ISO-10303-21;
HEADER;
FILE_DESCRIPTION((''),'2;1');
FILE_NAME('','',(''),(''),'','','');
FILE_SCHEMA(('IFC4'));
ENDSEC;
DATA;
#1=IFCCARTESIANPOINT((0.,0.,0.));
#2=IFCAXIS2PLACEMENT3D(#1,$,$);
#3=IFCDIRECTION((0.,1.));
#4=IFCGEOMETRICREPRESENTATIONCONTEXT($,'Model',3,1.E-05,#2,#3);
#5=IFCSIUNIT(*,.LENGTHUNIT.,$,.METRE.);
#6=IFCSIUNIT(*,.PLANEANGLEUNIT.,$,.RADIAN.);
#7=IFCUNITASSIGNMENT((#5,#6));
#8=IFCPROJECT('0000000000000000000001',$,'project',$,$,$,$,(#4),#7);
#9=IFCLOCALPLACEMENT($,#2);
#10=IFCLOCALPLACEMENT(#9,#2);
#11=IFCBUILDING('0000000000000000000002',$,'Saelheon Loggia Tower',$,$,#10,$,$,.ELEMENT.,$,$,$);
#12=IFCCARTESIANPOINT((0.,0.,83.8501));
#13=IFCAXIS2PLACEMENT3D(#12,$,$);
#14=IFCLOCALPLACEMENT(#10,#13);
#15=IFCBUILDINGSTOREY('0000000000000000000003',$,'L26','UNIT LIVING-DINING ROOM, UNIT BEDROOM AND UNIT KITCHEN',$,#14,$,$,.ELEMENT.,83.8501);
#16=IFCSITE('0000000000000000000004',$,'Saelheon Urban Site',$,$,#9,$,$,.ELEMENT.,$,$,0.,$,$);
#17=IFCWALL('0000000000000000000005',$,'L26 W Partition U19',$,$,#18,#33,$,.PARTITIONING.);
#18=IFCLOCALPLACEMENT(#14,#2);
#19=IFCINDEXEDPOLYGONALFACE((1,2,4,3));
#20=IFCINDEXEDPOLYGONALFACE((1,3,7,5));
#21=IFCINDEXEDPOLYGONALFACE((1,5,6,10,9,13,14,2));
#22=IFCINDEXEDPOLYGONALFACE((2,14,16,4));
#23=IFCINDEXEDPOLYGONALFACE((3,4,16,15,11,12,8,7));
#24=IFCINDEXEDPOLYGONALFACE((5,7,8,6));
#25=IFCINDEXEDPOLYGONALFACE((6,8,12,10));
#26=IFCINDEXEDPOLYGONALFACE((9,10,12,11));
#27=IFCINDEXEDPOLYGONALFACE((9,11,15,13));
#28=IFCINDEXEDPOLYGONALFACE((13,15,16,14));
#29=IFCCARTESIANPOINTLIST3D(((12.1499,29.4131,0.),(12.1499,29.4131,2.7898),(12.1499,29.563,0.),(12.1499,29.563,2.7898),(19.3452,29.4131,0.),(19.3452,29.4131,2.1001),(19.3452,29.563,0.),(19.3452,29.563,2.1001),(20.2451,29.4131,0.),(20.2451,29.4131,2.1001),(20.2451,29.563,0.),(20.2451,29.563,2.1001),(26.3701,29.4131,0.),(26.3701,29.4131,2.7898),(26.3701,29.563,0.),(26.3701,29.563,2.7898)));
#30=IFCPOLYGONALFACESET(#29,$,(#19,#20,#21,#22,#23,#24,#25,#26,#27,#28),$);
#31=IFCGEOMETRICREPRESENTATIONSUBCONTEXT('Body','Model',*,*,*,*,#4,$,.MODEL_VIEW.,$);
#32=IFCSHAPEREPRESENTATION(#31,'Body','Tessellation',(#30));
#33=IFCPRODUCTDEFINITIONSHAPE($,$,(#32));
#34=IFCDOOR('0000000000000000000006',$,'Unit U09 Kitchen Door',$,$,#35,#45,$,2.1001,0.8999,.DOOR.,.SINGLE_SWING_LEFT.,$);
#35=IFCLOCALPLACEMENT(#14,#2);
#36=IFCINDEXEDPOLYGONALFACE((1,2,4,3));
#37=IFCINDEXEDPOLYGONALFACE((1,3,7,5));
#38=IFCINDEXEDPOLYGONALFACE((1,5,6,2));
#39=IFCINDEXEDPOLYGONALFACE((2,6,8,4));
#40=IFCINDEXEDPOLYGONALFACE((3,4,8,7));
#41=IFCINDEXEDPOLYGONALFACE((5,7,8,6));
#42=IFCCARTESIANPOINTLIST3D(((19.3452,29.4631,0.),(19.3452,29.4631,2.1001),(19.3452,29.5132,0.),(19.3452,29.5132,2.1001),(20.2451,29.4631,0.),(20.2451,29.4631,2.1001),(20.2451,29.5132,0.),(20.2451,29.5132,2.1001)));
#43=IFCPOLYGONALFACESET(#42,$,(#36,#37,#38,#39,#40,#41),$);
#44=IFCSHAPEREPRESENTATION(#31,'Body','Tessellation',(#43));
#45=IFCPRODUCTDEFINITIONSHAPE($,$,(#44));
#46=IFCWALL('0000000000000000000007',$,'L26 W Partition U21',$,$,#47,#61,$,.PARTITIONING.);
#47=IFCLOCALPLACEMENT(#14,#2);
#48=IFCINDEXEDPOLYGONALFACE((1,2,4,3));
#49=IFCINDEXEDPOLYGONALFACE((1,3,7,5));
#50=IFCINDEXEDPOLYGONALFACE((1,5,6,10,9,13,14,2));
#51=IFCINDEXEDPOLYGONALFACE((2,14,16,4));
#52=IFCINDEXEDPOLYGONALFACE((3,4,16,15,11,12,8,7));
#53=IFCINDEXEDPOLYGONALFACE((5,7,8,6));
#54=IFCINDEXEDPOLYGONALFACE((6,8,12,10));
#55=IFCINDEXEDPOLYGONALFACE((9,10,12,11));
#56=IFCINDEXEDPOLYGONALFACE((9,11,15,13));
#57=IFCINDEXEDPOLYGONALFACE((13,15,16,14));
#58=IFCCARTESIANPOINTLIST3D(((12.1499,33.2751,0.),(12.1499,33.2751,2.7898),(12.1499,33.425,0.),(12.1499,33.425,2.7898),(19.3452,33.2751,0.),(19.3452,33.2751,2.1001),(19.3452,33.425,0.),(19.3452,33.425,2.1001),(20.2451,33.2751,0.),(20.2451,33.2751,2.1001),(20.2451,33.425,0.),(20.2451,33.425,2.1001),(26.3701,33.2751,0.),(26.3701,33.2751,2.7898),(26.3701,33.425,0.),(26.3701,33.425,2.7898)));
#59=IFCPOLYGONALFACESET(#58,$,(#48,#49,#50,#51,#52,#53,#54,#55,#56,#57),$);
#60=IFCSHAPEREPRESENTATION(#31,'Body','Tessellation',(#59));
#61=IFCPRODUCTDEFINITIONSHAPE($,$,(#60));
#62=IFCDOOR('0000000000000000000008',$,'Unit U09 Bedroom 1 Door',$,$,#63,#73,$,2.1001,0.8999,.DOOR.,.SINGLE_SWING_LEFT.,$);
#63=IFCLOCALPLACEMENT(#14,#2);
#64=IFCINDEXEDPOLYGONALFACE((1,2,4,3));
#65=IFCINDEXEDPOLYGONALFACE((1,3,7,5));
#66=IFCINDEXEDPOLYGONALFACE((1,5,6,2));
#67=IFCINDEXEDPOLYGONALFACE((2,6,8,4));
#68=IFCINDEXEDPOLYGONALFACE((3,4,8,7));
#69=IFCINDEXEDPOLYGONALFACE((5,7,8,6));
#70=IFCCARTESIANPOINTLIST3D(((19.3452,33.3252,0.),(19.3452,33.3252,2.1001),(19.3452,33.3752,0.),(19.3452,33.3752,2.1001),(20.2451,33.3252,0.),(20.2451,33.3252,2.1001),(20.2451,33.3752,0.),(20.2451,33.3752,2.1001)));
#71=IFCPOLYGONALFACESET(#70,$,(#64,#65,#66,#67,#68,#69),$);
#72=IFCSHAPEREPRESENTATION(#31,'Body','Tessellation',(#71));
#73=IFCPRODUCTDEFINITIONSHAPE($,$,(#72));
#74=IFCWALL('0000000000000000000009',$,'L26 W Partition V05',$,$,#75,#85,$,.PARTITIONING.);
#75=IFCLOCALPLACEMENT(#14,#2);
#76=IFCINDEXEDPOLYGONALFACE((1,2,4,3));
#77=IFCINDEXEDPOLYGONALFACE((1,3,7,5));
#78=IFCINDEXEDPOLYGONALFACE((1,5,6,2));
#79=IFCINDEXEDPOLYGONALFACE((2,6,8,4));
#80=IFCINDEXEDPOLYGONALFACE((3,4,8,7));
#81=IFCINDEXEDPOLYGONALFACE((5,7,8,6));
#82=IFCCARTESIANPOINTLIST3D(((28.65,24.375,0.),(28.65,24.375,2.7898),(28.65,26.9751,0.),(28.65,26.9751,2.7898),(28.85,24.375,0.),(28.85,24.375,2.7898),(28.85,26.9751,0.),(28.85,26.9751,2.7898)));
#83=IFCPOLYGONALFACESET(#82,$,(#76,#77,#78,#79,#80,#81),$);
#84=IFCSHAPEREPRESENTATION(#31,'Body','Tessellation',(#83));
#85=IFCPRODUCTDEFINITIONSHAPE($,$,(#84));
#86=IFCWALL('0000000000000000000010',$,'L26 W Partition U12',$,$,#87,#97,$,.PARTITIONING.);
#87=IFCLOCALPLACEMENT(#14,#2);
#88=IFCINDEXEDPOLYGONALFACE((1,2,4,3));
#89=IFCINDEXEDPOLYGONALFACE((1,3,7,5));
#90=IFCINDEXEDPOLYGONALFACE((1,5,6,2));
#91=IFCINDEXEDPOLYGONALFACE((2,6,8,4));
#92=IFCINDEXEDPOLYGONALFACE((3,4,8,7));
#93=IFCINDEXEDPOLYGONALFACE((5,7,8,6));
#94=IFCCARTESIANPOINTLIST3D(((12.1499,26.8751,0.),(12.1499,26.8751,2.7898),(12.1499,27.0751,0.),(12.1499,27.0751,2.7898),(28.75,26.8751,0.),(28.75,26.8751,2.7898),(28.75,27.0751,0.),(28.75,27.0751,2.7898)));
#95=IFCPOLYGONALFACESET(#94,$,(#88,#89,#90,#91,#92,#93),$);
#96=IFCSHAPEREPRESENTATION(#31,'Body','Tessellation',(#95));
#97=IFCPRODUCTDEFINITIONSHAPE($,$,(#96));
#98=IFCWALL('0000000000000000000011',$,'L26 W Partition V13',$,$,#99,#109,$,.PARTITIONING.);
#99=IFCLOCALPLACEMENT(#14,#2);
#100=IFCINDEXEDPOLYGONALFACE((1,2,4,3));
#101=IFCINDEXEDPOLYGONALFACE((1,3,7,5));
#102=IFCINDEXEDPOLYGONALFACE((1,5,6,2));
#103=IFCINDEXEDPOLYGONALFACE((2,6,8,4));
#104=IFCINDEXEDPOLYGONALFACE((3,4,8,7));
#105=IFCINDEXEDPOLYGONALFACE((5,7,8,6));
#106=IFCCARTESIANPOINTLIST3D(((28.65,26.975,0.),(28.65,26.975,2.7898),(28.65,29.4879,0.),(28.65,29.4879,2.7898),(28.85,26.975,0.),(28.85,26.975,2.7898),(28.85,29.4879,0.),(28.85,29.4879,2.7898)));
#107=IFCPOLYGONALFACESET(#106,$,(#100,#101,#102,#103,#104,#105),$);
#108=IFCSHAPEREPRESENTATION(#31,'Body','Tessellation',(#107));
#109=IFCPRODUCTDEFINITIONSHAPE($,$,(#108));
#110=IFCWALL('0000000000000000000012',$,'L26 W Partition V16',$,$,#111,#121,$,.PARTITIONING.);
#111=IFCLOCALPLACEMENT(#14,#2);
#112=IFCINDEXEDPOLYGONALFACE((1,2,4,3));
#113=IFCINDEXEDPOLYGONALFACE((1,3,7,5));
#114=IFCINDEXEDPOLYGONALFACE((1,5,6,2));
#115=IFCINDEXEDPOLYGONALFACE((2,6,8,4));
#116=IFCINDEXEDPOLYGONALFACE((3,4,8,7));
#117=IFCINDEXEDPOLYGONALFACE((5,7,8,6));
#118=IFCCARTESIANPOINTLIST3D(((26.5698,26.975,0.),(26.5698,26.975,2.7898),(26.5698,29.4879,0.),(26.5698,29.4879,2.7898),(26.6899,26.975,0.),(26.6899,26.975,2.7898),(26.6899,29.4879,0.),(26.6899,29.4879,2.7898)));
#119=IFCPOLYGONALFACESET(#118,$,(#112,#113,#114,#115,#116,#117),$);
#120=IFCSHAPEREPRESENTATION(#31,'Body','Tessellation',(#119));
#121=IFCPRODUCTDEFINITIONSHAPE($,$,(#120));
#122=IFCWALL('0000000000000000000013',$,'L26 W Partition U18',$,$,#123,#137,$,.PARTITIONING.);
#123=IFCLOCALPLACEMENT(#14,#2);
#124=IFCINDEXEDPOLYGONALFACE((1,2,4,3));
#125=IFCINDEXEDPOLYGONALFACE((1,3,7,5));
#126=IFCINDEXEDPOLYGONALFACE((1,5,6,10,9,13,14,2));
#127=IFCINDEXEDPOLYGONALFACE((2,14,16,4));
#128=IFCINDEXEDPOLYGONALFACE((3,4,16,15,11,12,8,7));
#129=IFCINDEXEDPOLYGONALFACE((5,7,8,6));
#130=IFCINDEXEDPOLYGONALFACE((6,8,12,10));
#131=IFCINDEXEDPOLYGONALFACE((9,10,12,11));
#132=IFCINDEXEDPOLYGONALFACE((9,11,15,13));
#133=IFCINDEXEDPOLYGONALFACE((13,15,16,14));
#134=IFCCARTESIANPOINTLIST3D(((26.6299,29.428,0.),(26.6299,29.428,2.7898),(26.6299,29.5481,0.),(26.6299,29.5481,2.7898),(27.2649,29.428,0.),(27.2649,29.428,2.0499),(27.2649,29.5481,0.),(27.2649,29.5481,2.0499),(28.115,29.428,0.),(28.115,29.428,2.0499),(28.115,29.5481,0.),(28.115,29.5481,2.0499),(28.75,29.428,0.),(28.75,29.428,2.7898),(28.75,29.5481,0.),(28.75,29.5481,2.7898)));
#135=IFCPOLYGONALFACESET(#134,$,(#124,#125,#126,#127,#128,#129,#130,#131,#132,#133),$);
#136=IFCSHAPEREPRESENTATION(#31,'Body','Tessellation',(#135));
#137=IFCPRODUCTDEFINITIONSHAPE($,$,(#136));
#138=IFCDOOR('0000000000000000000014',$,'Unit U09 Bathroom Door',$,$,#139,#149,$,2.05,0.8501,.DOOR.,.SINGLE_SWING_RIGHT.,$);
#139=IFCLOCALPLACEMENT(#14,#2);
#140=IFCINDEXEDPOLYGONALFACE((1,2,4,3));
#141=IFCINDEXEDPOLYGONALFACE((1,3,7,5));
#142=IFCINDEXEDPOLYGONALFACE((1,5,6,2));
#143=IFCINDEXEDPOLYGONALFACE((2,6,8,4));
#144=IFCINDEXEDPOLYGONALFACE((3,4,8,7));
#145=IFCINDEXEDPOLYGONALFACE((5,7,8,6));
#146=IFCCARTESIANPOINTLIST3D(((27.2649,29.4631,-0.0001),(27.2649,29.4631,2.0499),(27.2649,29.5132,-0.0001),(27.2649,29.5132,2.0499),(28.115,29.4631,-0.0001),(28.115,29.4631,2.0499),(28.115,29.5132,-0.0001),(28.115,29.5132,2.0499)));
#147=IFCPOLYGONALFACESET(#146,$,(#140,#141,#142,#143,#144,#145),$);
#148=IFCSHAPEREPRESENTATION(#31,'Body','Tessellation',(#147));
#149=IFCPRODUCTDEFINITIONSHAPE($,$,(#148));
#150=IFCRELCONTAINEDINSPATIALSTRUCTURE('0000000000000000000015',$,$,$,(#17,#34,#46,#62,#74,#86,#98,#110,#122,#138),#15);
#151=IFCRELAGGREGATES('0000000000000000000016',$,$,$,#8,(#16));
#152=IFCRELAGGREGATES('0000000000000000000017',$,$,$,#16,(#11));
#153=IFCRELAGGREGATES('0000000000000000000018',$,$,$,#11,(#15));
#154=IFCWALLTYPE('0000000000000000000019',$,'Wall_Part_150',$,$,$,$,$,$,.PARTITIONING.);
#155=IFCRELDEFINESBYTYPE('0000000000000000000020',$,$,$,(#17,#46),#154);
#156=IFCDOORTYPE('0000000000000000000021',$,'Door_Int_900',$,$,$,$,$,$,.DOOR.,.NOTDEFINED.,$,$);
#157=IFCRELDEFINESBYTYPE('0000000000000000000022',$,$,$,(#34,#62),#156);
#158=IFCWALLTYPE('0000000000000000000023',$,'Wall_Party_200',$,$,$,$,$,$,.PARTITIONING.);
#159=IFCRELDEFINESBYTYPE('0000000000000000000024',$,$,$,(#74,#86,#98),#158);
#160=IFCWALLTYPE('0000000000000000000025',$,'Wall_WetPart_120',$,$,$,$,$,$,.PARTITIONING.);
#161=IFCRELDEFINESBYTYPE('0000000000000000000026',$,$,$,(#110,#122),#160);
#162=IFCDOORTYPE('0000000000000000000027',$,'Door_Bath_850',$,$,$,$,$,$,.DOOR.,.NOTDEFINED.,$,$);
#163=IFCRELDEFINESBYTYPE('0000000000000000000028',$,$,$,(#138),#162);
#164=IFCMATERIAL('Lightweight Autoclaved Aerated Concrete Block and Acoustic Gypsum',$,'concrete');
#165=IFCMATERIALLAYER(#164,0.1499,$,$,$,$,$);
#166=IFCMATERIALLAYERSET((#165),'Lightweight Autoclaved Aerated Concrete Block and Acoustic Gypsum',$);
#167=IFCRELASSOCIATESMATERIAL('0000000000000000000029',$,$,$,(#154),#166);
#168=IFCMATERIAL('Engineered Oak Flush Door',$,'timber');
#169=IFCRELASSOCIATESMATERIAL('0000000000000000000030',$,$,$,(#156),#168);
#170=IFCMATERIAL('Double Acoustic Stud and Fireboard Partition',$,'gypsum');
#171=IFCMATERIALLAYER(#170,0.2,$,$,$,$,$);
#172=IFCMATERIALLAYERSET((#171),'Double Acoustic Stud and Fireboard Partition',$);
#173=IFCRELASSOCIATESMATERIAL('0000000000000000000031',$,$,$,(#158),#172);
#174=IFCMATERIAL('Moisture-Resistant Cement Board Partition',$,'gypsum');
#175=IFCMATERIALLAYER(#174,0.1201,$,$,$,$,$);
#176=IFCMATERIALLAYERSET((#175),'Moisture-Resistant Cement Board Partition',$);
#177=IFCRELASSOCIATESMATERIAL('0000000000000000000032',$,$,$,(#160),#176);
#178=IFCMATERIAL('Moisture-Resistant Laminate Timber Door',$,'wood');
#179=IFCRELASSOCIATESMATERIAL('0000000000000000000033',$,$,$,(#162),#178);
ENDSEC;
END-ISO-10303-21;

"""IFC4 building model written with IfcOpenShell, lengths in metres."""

from ifc_helpers import new_model, si_unit, direction, frame, frame_2d, origin, place, context, subcontext, project, spatial, rectangle, extrude, source, transform, mapped, material, layer, layer_set, type_object, element, fill, save


model = new_model("IFC4")

# Units and contexts
model_context = context("Model", 3, precision=1e-05, world=origin(), true_north=direction((0.0, 1.0)))
body_context = subcontext(model_context, "Body", "Model", "MODEL_VIEW")
ifc_project = project(units=[si_unit("LENGTHUNIT", "METRE"), si_unit("PLANEANGLEUNIT", "RADIAN")], contexts=[model_context])

# Site, building, storey
site_placement = place(None, origin())
site = spatial("IfcSite", under=ifc_project, at=site_placement, Name="Saelheon Urban Site", CompositionType="ELEMENT", RefElevation=0.0)
building_placement = place(site_placement, origin())
building = spatial("IfcBuilding", under=site, at=building_placement, Name="Saelheon Loggia Tower", CompositionType="ELEMENT")
storey_placement = place(building_placement, frame((0.0, 0.0, 83.8501)))
storey = spatial("IfcBuildingStorey", under=building, at=storey_placement, Name="L26", Description="UNIT LIVING-DINING ROOM, UNIT BEDROOM AND UNIT KITCHEN", CompositionType="ELEMENT", Elevation=83.8501)

# Shared definitions
ifc_material_1 = material(Name="Lightweight Autoclaved Aerated Concrete Block and Acoustic Gypsum", Category="concrete")
ifc_layer_1 = layer(ifc_material_1, 0.1499)
ifc_layer_set_1 = layer_set([ifc_layer_1], Name="Lightweight Autoclaved Aerated Concrete Block and Acoustic Gypsum")
wall_type_1 = type_object("IfcWallType", Name="Wall_Part_150", PredefinedType="PARTITIONING", material=ifc_layer_set_1)

# Shared definitions
ifc_material_2 = material(Name="Engineered Oak Flush Door", Category="timber")
door_type_1 = type_object("IfcDoorType", Name="Door_Int_900", OperationType="NOTDEFINED", PredefinedType="DOOR", material=ifc_material_2)
shared_shape_1 = source(origin(), body_context, "Body", "SweptSolid", [
    extrude(rectangle(XDim=0.8999, YDim=2.1001, at=frame_2d((0.45, 1.05))), frame((0.0, 0.0249, 0.0), z_axis=(0.0, -1.0, 0.0), x_axis=(1.0, 0.0, 0.0)), (0.0, 0.0, 1.0), 0.05),
])

# Walls, openings, doors
wall_1_placement = place(storey_placement, frame((26.3701, 29.488, 0.0), z_axis=(0.0, 0.0, 1.0), x_axis=(-1.0, 0.0, 0.0)))
wall_1 = element("IfcWall", 1, at=wall_1_placement, inside=storey, type_object=wall_type_1, Name="L26 W Partition U19", PredefinedType="PARTITIONING", context=body_context, shape_type="SweptSolid", body=[
    extrude(rectangle(XDim=14.2202, YDim=0.1499, at=frame_2d((7.1101, 0.0))), origin(), (0.0, 0.0, 1.0), 2.7898),
])
opening_1_placement = place(wall_1_placement, frame((6.125, 0.0, 0.0)))
opening_1 = element("IfcOpeningElement", 2, at=opening_1_placement, cuts=wall_1, PredefinedType="OPENING", context=body_context, shape_type="SweptSolid", body=[
    extrude(rectangle(XDim=0.8999, YDim=2.1001, at=frame_2d((0.45, 1.05))), frame((0.0, 0.0869, 0.0), z_axis=(0.0, -1.0, 0.0), x_axis=(1.0, 0.0, 0.0)), (0.0, 0.0, 1.0), 0.1738),
])
door_1_placement = place(opening_1_placement, origin())
door_1 = element("IfcDoor", 3, at=door_1_placement, inside=storey, type_object=door_type_1, Name="Unit U09 Kitchen Door", OperationType="SINGLE_SWING_LEFT", OverallHeight=2.1001, OverallWidth=0.8999, PredefinedType="DOOR", context=body_context, shape_type="MappedRepresentation", body=[
    mapped(shared_shape_1, transform((0.0, 0.0, 0.0), scale=1.0)),
])
fill(opening_1, door_1)
wall_2_placement = place(storey_placement, frame((26.3701, 33.3501, 0.0), z_axis=(0.0, 0.0, 1.0), x_axis=(-1.0, 0.0, 0.0)))
wall_2 = element("IfcWall", 4, at=wall_2_placement, inside=storey, type_object=wall_type_1, Name="L26 W Partition U21", PredefinedType="PARTITIONING", context=body_context, shape_type="SweptSolid", body=[
    extrude(rectangle(XDim=14.2202, YDim=0.1499, at=frame_2d((7.1101, 0.0))), origin(), (0.0, 0.0, 1.0), 2.7898),
])
opening_2_placement = place(wall_2_placement, frame((6.125, 0.0, 0.0)))
opening_2 = element("IfcOpeningElement", 5, at=opening_2_placement, cuts=wall_2, PredefinedType="OPENING", context=body_context, shape_type="SweptSolid", body=[
    extrude(rectangle(XDim=0.8999, YDim=2.1001, at=frame_2d((0.45, 1.05))), frame((0.0, 0.0869, 0.0), z_axis=(0.0, -1.0, 0.0), x_axis=(1.0, 0.0, 0.0)), (0.0, 0.0, 1.0), 0.1738),
])
door_2_placement = place(opening_2_placement, origin())
door_2 = element("IfcDoor", 6, at=door_2_placement, inside=storey, type_object=door_type_1, Name="Unit U09 Bedroom 1 Door", OperationType="SINGLE_SWING_LEFT", OverallHeight=2.1001, OverallWidth=0.8999, PredefinedType="DOOR", context=body_context, shape_type="MappedRepresentation", body=[
    mapped(shared_shape_1, transform((0.0, 0.0, 0.0), scale=1.0)),
])
fill(opening_2, door_2)

# Walls
ifc_material_3 = material(Name="Double Acoustic Stud and Fireboard Partition", Category="gypsum")
ifc_layer_2 = layer(ifc_material_3, 0.2)
ifc_layer_set_2 = layer_set([ifc_layer_2], Name="Double Acoustic Stud and Fireboard Partition")
wall_type_2 = type_object("IfcWallType", Name="Wall_Party_200", PredefinedType="PARTITIONING", material=ifc_layer_set_2)
wall_3_placement = place(storey_placement, frame((28.75, 24.375, 0.0), z_axis=(0.0, 0.0, 1.0), x_axis=(0.0, 1.0, 0.0)))
element("IfcWall", 7, at=wall_3_placement, inside=storey, type_object=wall_type_2, Name="L26 W Partition V05", PredefinedType="PARTITIONING", context=body_context, shape_type="SweptSolid", body=[
    extrude(rectangle(XDim=2.6001, YDim=0.2, at=frame_2d((1.3, 0.0))), origin(), (0.0, 0.0, 1.0), 2.7898),
])
wall_4_placement = place(storey_placement, frame((28.75, 26.9751, 0.0), z_axis=(0.0, 0.0, 1.0), x_axis=(-1.0, 0.0, 0.0)))
element("IfcWall", 8, at=wall_4_placement, inside=storey, type_object=wall_type_2, Name="L26 W Partition U12", PredefinedType="PARTITIONING", context=body_context, shape_type="SweptSolid", body=[
    extrude(rectangle(XDim=16.6001, YDim=0.2, at=frame_2d((8.3, 0.0))), origin(), (0.0, 0.0, 1.0), 2.7898),
])
wall_5_placement = place(storey_placement, frame((28.75, 26.9751, 0.0), z_axis=(0.0, 0.0, 1.0), x_axis=(0.0, 1.0, 0.0)))
element("IfcWall", 9, at=wall_5_placement, inside=storey, type_object=wall_type_2, Name="L26 W Partition V13", PredefinedType="PARTITIONING", context=body_context, shape_type="SweptSolid", body=[
    extrude(rectangle(XDim=2.5129, YDim=0.2, at=frame_2d((1.2563, 0.0))), origin(), (0.0, 0.0, 1.0), 2.7898),
])

# Wall
ifc_material_4 = material(Name="Moisture-Resistant Cement Board Partition", Category="gypsum")
ifc_layer_3 = layer(ifc_material_4, 0.1201)
ifc_layer_set_3 = layer_set([ifc_layer_3], Name="Moisture-Resistant Cement Board Partition")
wall_type_3 = type_object("IfcWallType", Name="Wall_WetPart_120", PredefinedType="PARTITIONING", material=ifc_layer_set_3)
wall_6_placement = place(storey_placement, frame((26.6299, 26.9751, 0.0), z_axis=(0.0, 0.0, 1.0), x_axis=(0.0, 1.0, 0.0)))
element("IfcWall", 10, at=wall_6_placement, inside=storey, type_object=wall_type_3, Name="L26 W Partition V16", PredefinedType="PARTITIONING", context=body_context, shape_type="SweptSolid", body=[
    extrude(rectangle(XDim=2.5129, YDim=0.1201, at=frame_2d((1.2563, 0.0))), origin(), (0.0, 0.0, 1.0), 2.7898),
])

# Wall, opening, door
wall_7_placement = place(storey_placement, frame((28.75, 29.488, 0.0), z_axis=(0.0, 0.0, 1.0), x_axis=(-1.0, 0.0, 0.0)))
wall_7 = element("IfcWall", 11, at=wall_7_placement, inside=storey, type_object=wall_type_3, Name="L26 W Partition U18", PredefinedType="PARTITIONING", context=body_context, shape_type="SweptSolid", body=[
    extrude(rectangle(XDim=2.1201, YDim=0.1201, at=frame_2d((1.0601, 0.0))), origin(), (0.0, 0.0, 1.0), 2.7898),
])
opening_3_placement = place(wall_7_placement, frame((0.635, 0.0, 0.0)))
opening_3 = element("IfcOpeningElement", 12, at=opening_3_placement, cuts=wall_7, PredefinedType="OPENING", context=body_context, shape_type="SweptSolid", body=[
    extrude(rectangle(XDim=0.8501, YDim=2.05, at=frame_2d((0.425, 1.0249))), frame((0.0, 0.072, 0.0), z_axis=(0.0, -1.0, 0.0), x_axis=(1.0, 0.0, 0.0)), (0.0, 0.0, 1.0), 0.144),
])
ifc_material_5 = material(Name="Moisture-Resistant Laminate Timber Door", Category="wood")
door_type_2 = type_object("IfcDoorType", Name="Door_Bath_850", OperationType="NOTDEFINED", PredefinedType="DOOR", material=ifc_material_5)
shared_shape_2 = source(origin(), body_context, "Body", "SweptSolid", [
    extrude(rectangle(XDim=0.8501, YDim=2.05, at=frame_2d((0.425, 1.0249))), frame((0.0, 0.0249, 0.0), z_axis=(0.0, -1.0, 0.0), x_axis=(1.0, 0.0, 0.0)), (0.0, 0.0, 1.0), 0.05),
])
door_3_placement = place(opening_3_placement, origin())
door_3 = element("IfcDoor", 13, at=door_3_placement, inside=storey, type_object=door_type_2, Name="Unit U09 Bathroom Door", OperationType="SINGLE_SWING_RIGHT", OverallHeight=2.05, OverallWidth=0.8501, PredefinedType="DOOR", context=body_context, shape_type="MappedRepresentation", body=[
    mapped(shared_shape_2, transform((0.0, 0.0, 0.0), scale=1.0)),
])
fill(opening_3, door_3)

save(model, "model.ifc")
